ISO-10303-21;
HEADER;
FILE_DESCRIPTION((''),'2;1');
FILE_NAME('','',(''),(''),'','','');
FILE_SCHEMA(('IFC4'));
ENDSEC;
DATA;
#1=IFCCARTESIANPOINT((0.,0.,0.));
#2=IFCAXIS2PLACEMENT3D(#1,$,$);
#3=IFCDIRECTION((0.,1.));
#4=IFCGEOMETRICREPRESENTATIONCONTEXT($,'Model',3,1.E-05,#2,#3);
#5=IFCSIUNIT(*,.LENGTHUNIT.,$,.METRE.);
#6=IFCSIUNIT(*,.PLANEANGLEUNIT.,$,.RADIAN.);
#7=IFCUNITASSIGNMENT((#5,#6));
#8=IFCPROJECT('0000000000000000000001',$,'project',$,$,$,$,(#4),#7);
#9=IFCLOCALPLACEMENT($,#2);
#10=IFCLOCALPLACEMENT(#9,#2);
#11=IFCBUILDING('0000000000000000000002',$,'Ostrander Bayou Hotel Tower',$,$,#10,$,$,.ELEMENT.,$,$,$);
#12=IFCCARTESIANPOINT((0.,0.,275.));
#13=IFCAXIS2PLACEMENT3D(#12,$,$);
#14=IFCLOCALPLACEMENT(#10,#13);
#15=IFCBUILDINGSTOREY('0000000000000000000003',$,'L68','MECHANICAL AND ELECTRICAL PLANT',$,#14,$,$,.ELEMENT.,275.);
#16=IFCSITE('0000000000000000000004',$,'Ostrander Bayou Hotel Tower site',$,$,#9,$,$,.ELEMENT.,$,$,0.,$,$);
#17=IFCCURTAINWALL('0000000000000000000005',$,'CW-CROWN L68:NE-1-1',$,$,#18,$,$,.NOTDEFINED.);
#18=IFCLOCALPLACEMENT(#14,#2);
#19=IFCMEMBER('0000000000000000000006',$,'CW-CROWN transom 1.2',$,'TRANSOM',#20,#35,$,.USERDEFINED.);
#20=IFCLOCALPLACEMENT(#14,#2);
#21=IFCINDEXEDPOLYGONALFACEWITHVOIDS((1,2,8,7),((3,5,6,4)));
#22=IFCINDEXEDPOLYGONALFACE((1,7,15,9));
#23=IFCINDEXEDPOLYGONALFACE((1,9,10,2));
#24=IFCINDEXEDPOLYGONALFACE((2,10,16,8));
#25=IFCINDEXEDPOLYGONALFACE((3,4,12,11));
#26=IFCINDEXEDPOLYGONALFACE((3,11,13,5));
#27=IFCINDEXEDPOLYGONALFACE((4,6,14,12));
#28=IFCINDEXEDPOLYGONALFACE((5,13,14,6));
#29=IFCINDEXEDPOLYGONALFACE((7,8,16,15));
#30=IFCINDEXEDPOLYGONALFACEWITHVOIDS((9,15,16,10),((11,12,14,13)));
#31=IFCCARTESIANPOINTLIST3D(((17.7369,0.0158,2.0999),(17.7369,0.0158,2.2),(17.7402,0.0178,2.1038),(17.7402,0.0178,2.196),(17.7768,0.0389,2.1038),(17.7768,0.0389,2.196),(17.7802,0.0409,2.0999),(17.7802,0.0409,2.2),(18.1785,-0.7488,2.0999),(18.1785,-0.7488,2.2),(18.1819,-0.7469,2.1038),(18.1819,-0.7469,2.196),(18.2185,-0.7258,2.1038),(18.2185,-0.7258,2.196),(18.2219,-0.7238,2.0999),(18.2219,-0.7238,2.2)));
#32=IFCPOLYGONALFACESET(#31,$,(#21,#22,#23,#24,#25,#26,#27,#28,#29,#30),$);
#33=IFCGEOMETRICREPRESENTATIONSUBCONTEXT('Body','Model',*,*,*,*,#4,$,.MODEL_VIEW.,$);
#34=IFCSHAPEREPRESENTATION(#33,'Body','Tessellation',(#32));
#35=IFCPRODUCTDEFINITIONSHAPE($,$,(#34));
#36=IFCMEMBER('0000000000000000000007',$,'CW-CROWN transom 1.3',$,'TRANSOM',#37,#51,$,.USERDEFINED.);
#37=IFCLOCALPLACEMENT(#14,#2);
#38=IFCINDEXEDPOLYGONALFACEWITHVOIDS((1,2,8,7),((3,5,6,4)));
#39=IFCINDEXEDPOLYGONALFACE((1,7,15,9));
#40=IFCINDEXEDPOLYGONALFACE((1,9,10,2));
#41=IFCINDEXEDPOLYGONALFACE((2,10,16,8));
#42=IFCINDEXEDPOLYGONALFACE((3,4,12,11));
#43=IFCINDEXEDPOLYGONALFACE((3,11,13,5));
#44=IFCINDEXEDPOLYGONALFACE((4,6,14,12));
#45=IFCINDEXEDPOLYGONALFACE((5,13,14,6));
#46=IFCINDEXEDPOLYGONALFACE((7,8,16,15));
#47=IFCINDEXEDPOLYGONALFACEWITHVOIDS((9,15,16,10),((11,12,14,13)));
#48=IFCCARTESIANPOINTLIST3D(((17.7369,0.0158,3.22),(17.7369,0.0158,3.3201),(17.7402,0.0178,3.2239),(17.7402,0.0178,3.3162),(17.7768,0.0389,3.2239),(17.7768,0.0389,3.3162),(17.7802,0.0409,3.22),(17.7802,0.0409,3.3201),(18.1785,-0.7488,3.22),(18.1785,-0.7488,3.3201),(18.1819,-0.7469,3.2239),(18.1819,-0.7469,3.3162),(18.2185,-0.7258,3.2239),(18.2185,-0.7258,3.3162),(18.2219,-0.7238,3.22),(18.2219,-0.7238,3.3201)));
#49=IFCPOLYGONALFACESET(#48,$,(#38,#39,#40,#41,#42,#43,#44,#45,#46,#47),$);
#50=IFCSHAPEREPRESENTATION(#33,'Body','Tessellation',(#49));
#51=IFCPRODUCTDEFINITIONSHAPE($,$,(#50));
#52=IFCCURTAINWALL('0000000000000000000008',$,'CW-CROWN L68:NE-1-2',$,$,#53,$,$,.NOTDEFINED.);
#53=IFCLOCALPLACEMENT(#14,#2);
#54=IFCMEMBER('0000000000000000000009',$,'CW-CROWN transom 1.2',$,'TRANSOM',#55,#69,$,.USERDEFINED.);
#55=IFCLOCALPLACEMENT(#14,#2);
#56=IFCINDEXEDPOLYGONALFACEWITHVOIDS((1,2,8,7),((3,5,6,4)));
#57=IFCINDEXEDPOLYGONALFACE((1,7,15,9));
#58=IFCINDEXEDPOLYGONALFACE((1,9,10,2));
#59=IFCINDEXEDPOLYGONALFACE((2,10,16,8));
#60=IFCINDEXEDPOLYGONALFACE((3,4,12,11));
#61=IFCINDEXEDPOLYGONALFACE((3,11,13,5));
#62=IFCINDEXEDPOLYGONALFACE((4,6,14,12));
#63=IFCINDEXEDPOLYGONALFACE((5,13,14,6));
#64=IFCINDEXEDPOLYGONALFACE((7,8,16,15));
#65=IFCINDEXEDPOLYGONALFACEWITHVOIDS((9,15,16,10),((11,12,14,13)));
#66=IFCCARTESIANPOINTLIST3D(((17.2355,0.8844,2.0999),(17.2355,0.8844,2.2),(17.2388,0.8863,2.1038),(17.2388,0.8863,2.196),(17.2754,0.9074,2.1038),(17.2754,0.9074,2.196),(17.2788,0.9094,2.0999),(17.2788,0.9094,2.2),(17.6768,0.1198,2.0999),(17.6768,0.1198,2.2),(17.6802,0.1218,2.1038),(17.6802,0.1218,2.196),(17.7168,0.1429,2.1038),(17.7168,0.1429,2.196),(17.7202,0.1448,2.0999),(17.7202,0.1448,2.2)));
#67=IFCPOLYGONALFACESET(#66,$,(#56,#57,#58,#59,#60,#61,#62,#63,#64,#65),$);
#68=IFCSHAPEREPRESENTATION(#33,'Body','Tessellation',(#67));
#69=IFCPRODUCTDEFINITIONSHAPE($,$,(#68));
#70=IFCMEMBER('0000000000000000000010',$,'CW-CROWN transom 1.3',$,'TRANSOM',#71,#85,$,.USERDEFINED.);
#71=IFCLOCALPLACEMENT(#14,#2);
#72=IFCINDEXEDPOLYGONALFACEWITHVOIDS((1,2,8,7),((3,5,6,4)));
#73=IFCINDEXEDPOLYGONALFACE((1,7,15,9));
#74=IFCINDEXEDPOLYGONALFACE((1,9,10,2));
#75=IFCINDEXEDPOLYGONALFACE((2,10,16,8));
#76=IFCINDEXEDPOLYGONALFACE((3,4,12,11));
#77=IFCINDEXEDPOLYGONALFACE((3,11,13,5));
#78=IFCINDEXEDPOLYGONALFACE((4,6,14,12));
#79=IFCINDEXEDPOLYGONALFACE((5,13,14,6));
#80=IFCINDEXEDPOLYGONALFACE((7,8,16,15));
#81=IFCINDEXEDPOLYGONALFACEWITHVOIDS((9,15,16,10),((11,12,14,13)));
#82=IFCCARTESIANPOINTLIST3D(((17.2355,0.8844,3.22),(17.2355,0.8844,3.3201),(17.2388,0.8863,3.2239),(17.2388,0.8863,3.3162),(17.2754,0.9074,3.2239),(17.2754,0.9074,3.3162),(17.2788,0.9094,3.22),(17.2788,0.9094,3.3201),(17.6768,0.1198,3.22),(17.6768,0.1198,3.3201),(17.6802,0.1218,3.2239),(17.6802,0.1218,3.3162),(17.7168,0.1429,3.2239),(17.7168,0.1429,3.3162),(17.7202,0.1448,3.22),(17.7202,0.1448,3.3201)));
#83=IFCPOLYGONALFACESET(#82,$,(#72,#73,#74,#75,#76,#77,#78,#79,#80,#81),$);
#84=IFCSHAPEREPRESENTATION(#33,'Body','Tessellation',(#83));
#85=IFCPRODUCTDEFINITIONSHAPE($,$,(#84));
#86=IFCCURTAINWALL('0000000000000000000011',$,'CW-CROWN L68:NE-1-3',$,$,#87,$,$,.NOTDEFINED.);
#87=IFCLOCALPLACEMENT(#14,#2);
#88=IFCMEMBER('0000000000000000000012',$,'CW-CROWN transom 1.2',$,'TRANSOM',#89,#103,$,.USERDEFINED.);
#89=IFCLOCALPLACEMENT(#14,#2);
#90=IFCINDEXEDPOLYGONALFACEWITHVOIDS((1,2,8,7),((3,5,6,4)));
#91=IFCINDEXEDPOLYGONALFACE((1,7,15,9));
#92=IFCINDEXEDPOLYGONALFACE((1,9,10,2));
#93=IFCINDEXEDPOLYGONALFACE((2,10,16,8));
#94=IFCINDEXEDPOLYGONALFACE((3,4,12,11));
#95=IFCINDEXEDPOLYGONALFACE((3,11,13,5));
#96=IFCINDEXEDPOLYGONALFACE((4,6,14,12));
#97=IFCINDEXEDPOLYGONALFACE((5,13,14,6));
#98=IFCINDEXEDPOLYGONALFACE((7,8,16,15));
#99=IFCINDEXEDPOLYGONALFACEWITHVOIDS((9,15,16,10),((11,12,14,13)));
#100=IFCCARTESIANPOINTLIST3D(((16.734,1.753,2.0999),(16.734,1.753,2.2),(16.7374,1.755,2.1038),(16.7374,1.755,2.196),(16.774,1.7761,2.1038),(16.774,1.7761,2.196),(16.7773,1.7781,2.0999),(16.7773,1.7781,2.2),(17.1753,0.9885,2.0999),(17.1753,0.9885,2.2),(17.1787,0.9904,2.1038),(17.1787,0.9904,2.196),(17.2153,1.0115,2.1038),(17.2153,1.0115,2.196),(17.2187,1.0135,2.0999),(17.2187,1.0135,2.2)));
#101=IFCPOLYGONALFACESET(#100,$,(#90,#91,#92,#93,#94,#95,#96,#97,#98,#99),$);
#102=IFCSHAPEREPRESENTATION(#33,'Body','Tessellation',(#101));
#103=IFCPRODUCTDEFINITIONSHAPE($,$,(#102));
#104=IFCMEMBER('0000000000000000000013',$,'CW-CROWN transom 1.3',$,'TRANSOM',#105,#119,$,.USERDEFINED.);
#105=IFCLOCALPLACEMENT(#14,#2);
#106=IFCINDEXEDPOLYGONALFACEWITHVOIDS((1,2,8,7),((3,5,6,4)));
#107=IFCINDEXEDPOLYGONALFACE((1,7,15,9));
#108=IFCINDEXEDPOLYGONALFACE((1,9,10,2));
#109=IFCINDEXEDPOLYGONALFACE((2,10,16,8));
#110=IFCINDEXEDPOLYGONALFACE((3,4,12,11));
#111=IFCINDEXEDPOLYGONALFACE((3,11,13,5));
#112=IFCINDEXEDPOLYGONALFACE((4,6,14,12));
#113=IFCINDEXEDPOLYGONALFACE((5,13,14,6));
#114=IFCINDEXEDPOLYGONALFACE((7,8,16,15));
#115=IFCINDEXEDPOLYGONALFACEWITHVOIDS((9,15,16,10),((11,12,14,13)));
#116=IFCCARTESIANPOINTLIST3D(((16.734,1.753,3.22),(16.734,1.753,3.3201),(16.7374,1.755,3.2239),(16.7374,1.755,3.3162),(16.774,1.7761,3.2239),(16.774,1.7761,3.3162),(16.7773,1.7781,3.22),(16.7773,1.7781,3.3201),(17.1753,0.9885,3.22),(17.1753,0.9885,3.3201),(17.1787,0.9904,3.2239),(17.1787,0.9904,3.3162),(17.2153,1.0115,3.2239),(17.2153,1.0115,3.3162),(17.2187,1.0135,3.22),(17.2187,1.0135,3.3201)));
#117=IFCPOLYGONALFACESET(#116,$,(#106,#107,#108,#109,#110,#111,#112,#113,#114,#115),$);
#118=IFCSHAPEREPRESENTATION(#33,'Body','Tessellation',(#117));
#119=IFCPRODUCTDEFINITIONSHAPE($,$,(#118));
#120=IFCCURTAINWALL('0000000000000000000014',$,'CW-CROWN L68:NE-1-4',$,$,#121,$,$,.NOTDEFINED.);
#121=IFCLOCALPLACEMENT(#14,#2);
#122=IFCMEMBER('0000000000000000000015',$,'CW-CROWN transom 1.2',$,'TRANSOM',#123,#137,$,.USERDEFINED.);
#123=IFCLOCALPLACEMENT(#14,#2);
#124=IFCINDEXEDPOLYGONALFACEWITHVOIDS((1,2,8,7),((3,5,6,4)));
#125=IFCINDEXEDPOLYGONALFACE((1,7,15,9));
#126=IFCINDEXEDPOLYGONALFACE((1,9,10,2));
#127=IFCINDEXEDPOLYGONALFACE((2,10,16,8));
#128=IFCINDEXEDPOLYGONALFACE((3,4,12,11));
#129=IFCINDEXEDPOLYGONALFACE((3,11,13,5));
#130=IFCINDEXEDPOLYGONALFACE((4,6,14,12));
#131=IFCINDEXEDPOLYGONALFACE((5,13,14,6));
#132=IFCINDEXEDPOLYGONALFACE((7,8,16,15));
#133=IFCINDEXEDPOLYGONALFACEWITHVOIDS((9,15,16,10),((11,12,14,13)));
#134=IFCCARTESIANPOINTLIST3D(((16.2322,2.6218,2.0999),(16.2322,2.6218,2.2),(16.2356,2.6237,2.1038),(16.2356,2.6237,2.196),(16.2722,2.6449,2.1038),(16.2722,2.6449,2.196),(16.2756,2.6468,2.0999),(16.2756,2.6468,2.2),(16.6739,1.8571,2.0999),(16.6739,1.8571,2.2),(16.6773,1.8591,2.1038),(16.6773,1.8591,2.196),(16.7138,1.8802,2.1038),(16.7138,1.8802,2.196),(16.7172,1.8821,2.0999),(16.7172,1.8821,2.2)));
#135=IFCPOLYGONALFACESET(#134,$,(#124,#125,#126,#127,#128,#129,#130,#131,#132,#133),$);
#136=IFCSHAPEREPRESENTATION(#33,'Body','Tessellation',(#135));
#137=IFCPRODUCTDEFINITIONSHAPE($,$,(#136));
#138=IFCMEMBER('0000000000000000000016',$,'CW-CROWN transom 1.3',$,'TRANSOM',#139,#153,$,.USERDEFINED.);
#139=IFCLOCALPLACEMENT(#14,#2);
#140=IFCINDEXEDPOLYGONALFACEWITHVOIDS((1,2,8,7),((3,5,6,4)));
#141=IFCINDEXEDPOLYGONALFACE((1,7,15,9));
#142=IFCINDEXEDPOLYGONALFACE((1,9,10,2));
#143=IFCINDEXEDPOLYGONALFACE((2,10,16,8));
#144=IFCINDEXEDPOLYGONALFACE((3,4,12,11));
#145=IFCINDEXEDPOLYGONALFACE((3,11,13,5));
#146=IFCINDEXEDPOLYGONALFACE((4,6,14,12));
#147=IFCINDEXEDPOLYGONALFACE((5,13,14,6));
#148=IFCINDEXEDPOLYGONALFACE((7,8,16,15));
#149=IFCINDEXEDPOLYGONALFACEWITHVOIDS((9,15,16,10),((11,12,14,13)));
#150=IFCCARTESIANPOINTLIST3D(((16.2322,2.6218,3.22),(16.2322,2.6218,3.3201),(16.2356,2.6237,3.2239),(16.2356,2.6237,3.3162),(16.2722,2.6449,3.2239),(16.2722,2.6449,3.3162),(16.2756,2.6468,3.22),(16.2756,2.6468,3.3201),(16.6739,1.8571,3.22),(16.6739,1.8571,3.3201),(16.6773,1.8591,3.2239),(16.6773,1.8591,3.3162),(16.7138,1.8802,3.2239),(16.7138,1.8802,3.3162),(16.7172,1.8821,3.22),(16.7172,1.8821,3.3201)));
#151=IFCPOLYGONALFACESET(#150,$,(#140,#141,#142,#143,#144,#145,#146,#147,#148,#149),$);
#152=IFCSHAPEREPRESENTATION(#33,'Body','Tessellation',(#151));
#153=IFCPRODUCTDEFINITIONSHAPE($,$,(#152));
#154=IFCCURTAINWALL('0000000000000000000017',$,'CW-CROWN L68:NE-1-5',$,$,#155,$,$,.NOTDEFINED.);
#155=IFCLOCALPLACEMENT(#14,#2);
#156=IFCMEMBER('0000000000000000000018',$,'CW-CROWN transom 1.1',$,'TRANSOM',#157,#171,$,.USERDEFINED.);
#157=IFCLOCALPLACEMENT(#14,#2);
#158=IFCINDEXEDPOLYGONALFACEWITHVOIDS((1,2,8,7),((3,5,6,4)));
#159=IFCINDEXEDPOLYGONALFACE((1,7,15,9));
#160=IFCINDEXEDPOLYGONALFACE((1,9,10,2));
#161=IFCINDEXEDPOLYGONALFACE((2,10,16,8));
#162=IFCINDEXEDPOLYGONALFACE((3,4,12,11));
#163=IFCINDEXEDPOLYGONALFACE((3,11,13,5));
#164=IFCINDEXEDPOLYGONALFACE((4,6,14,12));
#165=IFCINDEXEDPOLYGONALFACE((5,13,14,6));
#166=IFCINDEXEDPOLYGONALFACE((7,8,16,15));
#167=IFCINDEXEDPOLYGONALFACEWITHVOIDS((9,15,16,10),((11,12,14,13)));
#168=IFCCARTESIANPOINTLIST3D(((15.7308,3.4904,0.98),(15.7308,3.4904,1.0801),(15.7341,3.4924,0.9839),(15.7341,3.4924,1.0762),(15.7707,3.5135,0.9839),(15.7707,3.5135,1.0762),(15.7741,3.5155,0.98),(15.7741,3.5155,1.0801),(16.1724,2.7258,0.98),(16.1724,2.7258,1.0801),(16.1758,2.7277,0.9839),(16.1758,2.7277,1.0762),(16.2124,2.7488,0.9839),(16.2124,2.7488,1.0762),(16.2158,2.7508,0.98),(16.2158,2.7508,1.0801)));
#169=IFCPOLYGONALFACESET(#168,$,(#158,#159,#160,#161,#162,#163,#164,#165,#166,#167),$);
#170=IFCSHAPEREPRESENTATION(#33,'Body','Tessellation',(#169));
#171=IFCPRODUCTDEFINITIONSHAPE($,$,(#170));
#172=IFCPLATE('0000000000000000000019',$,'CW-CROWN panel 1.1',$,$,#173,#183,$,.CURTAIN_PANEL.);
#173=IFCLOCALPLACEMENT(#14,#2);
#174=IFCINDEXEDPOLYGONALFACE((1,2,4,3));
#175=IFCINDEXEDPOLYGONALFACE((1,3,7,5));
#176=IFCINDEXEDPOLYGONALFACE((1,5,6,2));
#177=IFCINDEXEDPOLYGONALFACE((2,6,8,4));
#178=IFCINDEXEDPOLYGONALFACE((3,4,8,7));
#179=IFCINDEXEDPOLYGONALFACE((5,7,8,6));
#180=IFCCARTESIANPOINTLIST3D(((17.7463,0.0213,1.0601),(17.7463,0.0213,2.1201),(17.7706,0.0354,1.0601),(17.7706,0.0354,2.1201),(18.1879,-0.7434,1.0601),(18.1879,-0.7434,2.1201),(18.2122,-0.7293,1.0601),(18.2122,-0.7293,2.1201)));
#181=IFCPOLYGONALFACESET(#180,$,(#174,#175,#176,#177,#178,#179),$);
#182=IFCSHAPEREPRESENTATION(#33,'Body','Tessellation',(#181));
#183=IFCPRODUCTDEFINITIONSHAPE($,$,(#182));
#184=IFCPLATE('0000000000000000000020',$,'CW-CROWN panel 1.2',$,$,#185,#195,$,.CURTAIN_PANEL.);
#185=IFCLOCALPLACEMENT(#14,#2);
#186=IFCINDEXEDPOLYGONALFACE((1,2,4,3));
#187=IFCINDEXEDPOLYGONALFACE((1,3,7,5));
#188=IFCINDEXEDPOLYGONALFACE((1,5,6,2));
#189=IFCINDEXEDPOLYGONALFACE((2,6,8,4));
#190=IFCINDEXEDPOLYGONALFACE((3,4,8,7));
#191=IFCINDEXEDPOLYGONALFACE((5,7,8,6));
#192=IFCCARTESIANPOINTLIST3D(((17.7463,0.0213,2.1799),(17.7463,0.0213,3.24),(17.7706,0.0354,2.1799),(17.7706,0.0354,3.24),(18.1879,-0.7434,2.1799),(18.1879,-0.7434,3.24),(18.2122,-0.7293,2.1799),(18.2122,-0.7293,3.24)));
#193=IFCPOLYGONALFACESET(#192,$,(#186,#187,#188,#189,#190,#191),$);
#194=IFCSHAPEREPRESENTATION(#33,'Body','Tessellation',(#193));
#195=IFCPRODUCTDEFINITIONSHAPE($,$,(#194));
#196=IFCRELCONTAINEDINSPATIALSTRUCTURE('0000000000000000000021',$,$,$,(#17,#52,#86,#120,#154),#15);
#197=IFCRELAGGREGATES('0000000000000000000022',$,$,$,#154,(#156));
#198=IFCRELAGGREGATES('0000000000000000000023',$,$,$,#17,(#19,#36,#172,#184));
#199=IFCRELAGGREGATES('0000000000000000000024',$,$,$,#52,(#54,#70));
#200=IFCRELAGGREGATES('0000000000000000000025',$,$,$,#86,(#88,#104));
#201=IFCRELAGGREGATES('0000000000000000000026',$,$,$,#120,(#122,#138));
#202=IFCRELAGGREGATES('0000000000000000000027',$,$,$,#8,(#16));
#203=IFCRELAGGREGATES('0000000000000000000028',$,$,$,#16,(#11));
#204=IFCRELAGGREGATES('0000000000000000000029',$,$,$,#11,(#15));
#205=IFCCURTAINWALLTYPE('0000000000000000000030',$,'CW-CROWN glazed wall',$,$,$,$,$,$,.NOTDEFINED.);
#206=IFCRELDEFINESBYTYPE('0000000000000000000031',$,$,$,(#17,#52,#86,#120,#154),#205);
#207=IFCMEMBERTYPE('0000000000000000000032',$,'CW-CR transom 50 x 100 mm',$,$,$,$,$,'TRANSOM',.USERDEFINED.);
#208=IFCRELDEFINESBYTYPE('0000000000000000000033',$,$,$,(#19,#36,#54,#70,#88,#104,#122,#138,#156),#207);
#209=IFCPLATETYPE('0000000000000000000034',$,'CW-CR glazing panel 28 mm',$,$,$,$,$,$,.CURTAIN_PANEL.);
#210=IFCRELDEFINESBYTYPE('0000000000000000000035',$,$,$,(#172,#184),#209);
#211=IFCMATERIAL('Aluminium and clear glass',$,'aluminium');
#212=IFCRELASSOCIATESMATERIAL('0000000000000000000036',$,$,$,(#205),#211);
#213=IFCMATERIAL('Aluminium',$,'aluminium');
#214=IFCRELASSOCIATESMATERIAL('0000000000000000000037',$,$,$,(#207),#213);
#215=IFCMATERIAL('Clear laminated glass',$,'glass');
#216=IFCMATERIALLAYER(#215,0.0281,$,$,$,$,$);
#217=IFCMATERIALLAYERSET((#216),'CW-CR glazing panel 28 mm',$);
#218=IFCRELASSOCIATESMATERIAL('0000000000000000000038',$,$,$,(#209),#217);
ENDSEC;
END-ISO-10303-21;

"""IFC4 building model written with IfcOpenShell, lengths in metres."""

from ifc_helpers import new_model, si_unit, direction, frame, origin, origin_2d, place, context, subcontext, project, spatial, rectangle, hollow_rectangle, extrude, material, layer, layer_set, material_profile, profile_set, type_object, element, aggregate, save


model = new_model("IFC4")

# Units and contexts
model_context = context("Model", 3, precision=1e-05, world=origin(), true_north=direction((0.0, 1.0)))
body_context = subcontext(model_context, "Body", "Model", "MODEL_VIEW")
ifc_project = project(units=[si_unit("LENGTHUNIT", "METRE"), si_unit("PLANEANGLEUNIT", "RADIAN")], contexts=[model_context])

# Site, building, storey
site_placement = place(None, origin())
site = spatial("IfcSite", under=ifc_project, at=site_placement, Name="Ostrander Bayou Hotel Tower site", CompositionType="ELEMENT", RefElevation=0.0)
building_placement = place(site_placement, origin())
building = spatial("IfcBuilding", under=site, at=building_placement, Name="Ostrander Bayou Hotel Tower", CompositionType="ELEMENT")
storey_placement = place(building_placement, frame((0.0, 0.0, 275.0)))
storey = spatial("IfcBuildingStorey", under=building, at=storey_placement, Name="L68", Description="MECHANICAL AND ELECTRICAL PLANT", CompositionType="ELEMENT", Elevation=275.0)

# Curtain walls, members
ifc_material_1 = material(Name="Aluminium and clear glass", Category="aluminium")
curtain_wall_type = type_object("IfcCurtainWallType", Name="CW-CROWN glazed wall", PredefinedType="NOTDEFINED", material=ifc_material_1)
curtain_wall_1_placement = place(storey_placement, origin())
curtain_wall_1 = element("IfcCurtainWall", 1, at=curtain_wall_1_placement, inside=storey, type_object=curtain_wall_type, Name="CW-CROWN L68:NE-1-1", PredefinedType="NOTDEFINED")
ifc_material_2 = material(Name="Aluminium", Category="aluminium")
ifc_material_profile = material_profile(ifc_material_2, hollow_rectangle(XDim=0.05, YDim=0.1001, WallThickness=0.0039, at=origin_2d()))
ifc_profile_set = profile_set([ifc_material_profile], Name="Aluminium")
member_type = type_object("IfcMemberType", Name="CW-CR transom 50 x 100 mm", ElementType="TRANSOM", PredefinedType="USERDEFINED", material=ifc_profile_set)
member_1_placement = place(storey_placement, frame((18.2002, -0.7363, 2.1499), z_axis=(-0.500153, 0.865937, 0.0), x_axis=(-0.865937, -0.500153, 0.0)))
member_1 = element("IfcMember", 2, at=member_1_placement, type_object=member_type, Name="CW-CROWN transom 1.2", ObjectType="TRANSOM", PredefinedType="USERDEFINED", context=body_context, shape_type="SweptSolid", body=[
    extrude(hollow_rectangle(XDim=0.05, YDim=0.1001, WallThickness=0.0039, at=origin_2d()), origin(), (0.0, 0.0, 1.0), 0.8831),
])
member_2_placement = place(storey_placement, frame((18.2002, -0.7363, 3.27), z_axis=(-0.500153, 0.865937, 0.0), x_axis=(-0.865937, -0.500153, 0.0)))
member_2 = element("IfcMember", 3, at=member_2_placement, type_object=member_type, Name="CW-CROWN transom 1.3", ObjectType="TRANSOM", PredefinedType="USERDEFINED", context=body_context, shape_type="SweptSolid", body=[
    extrude(hollow_rectangle(XDim=0.05, YDim=0.1001, WallThickness=0.0039, at=origin_2d()), origin(), (0.0, 0.0, 1.0), 0.8831),
])
curtain_wall_2_placement = place(storey_placement, origin())
curtain_wall_2 = element("IfcCurtainWall", 4, at=curtain_wall_2_placement, inside=storey, type_object=curtain_wall_type, Name="CW-CROWN L68:NE-1-2", PredefinedType="NOTDEFINED")
member_3_placement = place(storey_placement, frame((17.6985, 0.1323, 2.1499), z_axis=(-0.499946, 0.866057, 0.0), x_axis=(-0.866057, -0.499946, 0.0)))
member_3 = element("IfcMember", 5, at=member_3_placement, type_object=member_type, Name="CW-CROWN transom 1.2", ObjectType="TRANSOM", PredefinedType="USERDEFINED", context=body_context, shape_type="SweptSolid", body=[
    extrude(hollow_rectangle(XDim=0.05, YDim=0.1001, WallThickness=0.0039, at=origin_2d()), origin(), (0.0, 0.0, 1.0), 0.8828),
])
member_4_placement = place(storey_placement, frame((17.6985, 0.1323, 3.27), z_axis=(-0.499946, 0.866057, 0.0), x_axis=(-0.866057, -0.499946, 0.0)))
member_4 = element("IfcMember", 6, at=member_4_placement, type_object=member_type, Name="CW-CROWN transom 1.3", ObjectType="TRANSOM", PredefinedType="USERDEFINED", context=body_context, shape_type="SweptSolid", body=[
    extrude(hollow_rectangle(XDim=0.05, YDim=0.1001, WallThickness=0.0039, at=origin_2d()), origin(), (0.0, 0.0, 1.0), 0.8828),
])
curtain_wall_3_placement = place(storey_placement, origin())
curtain_wall_3 = element("IfcCurtainWall", 7, at=curtain_wall_3_placement, inside=storey, type_object=curtain_wall_type, Name="CW-CROWN L68:NE-1-3", PredefinedType="NOTDEFINED")
member_5_placement = place(storey_placement, frame((17.197, 1.001, 2.1499), z_axis=(-0.499946, 0.866057, 0.0), x_axis=(-0.866057, -0.499946, 0.0)))
member_5 = element("IfcMember", 8, at=member_5_placement, type_object=member_type, Name="CW-CROWN transom 1.2", ObjectType="TRANSOM", PredefinedType="USERDEFINED", context=body_context, shape_type="SweptSolid", body=[
    extrude(hollow_rectangle(XDim=0.05, YDim=0.1001, WallThickness=0.0039, at=origin_2d()), origin(), (0.0, 0.0, 1.0), 0.8828),
])
member_6_placement = place(storey_placement, frame((17.197, 1.001, 3.27), z_axis=(-0.499946, 0.866057, 0.0), x_axis=(-0.866057, -0.499946, 0.0)))
member_6 = element("IfcMember", 9, at=member_6_placement, type_object=member_type, Name="CW-CROWN transom 1.3", ObjectType="TRANSOM", PredefinedType="USERDEFINED", context=body_context, shape_type="SweptSolid", body=[
    extrude(hollow_rectangle(XDim=0.05, YDim=0.1001, WallThickness=0.0039, at=origin_2d()), origin(), (0.0, 0.0, 1.0), 0.8828),
])
curtain_wall_4_placement = place(storey_placement, origin())
curtain_wall_4 = element("IfcCurtainWall", 10, at=curtain_wall_4_placement, inside=storey, type_object=curtain_wall_type, Name="CW-CROWN L68:NE-1-4", PredefinedType="NOTDEFINED")
member_7_placement = place(storey_placement, frame((16.6956, 1.8696, 2.1499), z_axis=(-0.500153, 0.865937, 0.0), x_axis=(-0.865937, -0.500153, 0.0)))
member_7 = element("IfcMember", 11, at=member_7_placement, type_object=member_type, Name="CW-CROWN transom 1.2", ObjectType="TRANSOM", PredefinedType="USERDEFINED", context=body_context, shape_type="SweptSolid", body=[
    extrude(hollow_rectangle(XDim=0.05, YDim=0.1001, WallThickness=0.0039, at=origin_2d()), origin(), (0.0, 0.0, 1.0), 0.8831),
])
member_8_placement = place(storey_placement, frame((16.6956, 1.8696, 3.27), z_axis=(-0.500153, 0.865937, 0.0), x_axis=(-0.865937, -0.500153, 0.0)))
member_8 = element("IfcMember", 12, at=member_8_placement, type_object=member_type, Name="CW-CROWN transom 1.3", ObjectType="TRANSOM", PredefinedType="USERDEFINED", context=body_context, shape_type="SweptSolid", body=[
    extrude(hollow_rectangle(XDim=0.05, YDim=0.1001, WallThickness=0.0039, at=origin_2d()), origin(), (0.0, 0.0, 1.0), 0.8831),
])

# Curtain wall, member
curtain_wall_5_placement = place(storey_placement, origin())
curtain_wall_5 = element("IfcCurtainWall", 13, at=curtain_wall_5_placement, inside=storey, type_object=curtain_wall_type, Name="CW-CROWN L68:NE-1-5", PredefinedType="NOTDEFINED")
member_9_placement = place(storey_placement, frame((16.1941, 2.7383, 1.03), z_axis=(-0.500153, 0.865937, 0.0), x_axis=(-0.865937, -0.500153, 0.0)))
member_9 = element("IfcMember", 14, at=member_9_placement, type_object=member_type, Name="CW-CROWN transom 1.1", ObjectType="TRANSOM", PredefinedType="USERDEFINED", context=body_context, shape_type="SweptSolid", body=[
    extrude(hollow_rectangle(XDim=0.05, YDim=0.1001, WallThickness=0.0039, at=origin_2d()), origin(), (0.0, 0.0, 1.0), 0.8831),
])
aggregate(curtain_wall_5, [member_9])

# Plates
ifc_material_3 = material(Name="Clear laminated glass", Category="glass")
ifc_layer_1 = layer(ifc_material_3, 0.0281)
ifc_layer_set_1 = layer_set([ifc_layer_1], Name="CW-CR glazing panel 28 mm")
plate_type = type_object("IfcPlateType", Name="CW-CR glazing panel 28 mm", PredefinedType="CURTAIN_PANEL", material=ifc_layer_set_1)
plate_1_placement = place(storey_placement, frame((17.9792, -0.354, 1.0601), z_axis=(0.0, 0.0, 1.0), x_axis=(-0.500085, 0.865976, 0.0)))
plate_1 = element("IfcPlate", 15, at=plate_1_placement, type_object=plate_type, Name="CW-CROWN panel 1.1", PredefinedType="CURTAIN_PANEL", context=body_context, shape_type="SweptSolid", body=[
    extrude(rectangle(XDim=0.8831, YDim=0.0281, at=origin_2d()), origin(), (0.0, 0.0, 1.0), 1.0601),
])
plate_2_placement = place(storey_placement, frame((17.9792, -0.354, 2.1799), z_axis=(0.0, 0.0, 1.0), x_axis=(-0.500085, 0.865976, 0.0)))
plate_2 = element("IfcPlate", 16, at=plate_2_placement, type_object=plate_type, Name="CW-CROWN panel 1.2", PredefinedType="CURTAIN_PANEL", context=body_context, shape_type="SweptSolid", body=[
    extrude(rectangle(XDim=0.8831, YDim=0.0281, at=origin_2d()), origin(), (0.0, 0.0, 1.0), 1.0601),
])
aggregate(curtain_wall_1, [member_1, member_2, plate_1, plate_2])
aggregate(curtain_wall_2, [member_3, member_4])
aggregate(curtain_wall_3, [member_5, member_6])
aggregate(curtain_wall_4, [member_7, member_8])

save(model, "model.ifc")
